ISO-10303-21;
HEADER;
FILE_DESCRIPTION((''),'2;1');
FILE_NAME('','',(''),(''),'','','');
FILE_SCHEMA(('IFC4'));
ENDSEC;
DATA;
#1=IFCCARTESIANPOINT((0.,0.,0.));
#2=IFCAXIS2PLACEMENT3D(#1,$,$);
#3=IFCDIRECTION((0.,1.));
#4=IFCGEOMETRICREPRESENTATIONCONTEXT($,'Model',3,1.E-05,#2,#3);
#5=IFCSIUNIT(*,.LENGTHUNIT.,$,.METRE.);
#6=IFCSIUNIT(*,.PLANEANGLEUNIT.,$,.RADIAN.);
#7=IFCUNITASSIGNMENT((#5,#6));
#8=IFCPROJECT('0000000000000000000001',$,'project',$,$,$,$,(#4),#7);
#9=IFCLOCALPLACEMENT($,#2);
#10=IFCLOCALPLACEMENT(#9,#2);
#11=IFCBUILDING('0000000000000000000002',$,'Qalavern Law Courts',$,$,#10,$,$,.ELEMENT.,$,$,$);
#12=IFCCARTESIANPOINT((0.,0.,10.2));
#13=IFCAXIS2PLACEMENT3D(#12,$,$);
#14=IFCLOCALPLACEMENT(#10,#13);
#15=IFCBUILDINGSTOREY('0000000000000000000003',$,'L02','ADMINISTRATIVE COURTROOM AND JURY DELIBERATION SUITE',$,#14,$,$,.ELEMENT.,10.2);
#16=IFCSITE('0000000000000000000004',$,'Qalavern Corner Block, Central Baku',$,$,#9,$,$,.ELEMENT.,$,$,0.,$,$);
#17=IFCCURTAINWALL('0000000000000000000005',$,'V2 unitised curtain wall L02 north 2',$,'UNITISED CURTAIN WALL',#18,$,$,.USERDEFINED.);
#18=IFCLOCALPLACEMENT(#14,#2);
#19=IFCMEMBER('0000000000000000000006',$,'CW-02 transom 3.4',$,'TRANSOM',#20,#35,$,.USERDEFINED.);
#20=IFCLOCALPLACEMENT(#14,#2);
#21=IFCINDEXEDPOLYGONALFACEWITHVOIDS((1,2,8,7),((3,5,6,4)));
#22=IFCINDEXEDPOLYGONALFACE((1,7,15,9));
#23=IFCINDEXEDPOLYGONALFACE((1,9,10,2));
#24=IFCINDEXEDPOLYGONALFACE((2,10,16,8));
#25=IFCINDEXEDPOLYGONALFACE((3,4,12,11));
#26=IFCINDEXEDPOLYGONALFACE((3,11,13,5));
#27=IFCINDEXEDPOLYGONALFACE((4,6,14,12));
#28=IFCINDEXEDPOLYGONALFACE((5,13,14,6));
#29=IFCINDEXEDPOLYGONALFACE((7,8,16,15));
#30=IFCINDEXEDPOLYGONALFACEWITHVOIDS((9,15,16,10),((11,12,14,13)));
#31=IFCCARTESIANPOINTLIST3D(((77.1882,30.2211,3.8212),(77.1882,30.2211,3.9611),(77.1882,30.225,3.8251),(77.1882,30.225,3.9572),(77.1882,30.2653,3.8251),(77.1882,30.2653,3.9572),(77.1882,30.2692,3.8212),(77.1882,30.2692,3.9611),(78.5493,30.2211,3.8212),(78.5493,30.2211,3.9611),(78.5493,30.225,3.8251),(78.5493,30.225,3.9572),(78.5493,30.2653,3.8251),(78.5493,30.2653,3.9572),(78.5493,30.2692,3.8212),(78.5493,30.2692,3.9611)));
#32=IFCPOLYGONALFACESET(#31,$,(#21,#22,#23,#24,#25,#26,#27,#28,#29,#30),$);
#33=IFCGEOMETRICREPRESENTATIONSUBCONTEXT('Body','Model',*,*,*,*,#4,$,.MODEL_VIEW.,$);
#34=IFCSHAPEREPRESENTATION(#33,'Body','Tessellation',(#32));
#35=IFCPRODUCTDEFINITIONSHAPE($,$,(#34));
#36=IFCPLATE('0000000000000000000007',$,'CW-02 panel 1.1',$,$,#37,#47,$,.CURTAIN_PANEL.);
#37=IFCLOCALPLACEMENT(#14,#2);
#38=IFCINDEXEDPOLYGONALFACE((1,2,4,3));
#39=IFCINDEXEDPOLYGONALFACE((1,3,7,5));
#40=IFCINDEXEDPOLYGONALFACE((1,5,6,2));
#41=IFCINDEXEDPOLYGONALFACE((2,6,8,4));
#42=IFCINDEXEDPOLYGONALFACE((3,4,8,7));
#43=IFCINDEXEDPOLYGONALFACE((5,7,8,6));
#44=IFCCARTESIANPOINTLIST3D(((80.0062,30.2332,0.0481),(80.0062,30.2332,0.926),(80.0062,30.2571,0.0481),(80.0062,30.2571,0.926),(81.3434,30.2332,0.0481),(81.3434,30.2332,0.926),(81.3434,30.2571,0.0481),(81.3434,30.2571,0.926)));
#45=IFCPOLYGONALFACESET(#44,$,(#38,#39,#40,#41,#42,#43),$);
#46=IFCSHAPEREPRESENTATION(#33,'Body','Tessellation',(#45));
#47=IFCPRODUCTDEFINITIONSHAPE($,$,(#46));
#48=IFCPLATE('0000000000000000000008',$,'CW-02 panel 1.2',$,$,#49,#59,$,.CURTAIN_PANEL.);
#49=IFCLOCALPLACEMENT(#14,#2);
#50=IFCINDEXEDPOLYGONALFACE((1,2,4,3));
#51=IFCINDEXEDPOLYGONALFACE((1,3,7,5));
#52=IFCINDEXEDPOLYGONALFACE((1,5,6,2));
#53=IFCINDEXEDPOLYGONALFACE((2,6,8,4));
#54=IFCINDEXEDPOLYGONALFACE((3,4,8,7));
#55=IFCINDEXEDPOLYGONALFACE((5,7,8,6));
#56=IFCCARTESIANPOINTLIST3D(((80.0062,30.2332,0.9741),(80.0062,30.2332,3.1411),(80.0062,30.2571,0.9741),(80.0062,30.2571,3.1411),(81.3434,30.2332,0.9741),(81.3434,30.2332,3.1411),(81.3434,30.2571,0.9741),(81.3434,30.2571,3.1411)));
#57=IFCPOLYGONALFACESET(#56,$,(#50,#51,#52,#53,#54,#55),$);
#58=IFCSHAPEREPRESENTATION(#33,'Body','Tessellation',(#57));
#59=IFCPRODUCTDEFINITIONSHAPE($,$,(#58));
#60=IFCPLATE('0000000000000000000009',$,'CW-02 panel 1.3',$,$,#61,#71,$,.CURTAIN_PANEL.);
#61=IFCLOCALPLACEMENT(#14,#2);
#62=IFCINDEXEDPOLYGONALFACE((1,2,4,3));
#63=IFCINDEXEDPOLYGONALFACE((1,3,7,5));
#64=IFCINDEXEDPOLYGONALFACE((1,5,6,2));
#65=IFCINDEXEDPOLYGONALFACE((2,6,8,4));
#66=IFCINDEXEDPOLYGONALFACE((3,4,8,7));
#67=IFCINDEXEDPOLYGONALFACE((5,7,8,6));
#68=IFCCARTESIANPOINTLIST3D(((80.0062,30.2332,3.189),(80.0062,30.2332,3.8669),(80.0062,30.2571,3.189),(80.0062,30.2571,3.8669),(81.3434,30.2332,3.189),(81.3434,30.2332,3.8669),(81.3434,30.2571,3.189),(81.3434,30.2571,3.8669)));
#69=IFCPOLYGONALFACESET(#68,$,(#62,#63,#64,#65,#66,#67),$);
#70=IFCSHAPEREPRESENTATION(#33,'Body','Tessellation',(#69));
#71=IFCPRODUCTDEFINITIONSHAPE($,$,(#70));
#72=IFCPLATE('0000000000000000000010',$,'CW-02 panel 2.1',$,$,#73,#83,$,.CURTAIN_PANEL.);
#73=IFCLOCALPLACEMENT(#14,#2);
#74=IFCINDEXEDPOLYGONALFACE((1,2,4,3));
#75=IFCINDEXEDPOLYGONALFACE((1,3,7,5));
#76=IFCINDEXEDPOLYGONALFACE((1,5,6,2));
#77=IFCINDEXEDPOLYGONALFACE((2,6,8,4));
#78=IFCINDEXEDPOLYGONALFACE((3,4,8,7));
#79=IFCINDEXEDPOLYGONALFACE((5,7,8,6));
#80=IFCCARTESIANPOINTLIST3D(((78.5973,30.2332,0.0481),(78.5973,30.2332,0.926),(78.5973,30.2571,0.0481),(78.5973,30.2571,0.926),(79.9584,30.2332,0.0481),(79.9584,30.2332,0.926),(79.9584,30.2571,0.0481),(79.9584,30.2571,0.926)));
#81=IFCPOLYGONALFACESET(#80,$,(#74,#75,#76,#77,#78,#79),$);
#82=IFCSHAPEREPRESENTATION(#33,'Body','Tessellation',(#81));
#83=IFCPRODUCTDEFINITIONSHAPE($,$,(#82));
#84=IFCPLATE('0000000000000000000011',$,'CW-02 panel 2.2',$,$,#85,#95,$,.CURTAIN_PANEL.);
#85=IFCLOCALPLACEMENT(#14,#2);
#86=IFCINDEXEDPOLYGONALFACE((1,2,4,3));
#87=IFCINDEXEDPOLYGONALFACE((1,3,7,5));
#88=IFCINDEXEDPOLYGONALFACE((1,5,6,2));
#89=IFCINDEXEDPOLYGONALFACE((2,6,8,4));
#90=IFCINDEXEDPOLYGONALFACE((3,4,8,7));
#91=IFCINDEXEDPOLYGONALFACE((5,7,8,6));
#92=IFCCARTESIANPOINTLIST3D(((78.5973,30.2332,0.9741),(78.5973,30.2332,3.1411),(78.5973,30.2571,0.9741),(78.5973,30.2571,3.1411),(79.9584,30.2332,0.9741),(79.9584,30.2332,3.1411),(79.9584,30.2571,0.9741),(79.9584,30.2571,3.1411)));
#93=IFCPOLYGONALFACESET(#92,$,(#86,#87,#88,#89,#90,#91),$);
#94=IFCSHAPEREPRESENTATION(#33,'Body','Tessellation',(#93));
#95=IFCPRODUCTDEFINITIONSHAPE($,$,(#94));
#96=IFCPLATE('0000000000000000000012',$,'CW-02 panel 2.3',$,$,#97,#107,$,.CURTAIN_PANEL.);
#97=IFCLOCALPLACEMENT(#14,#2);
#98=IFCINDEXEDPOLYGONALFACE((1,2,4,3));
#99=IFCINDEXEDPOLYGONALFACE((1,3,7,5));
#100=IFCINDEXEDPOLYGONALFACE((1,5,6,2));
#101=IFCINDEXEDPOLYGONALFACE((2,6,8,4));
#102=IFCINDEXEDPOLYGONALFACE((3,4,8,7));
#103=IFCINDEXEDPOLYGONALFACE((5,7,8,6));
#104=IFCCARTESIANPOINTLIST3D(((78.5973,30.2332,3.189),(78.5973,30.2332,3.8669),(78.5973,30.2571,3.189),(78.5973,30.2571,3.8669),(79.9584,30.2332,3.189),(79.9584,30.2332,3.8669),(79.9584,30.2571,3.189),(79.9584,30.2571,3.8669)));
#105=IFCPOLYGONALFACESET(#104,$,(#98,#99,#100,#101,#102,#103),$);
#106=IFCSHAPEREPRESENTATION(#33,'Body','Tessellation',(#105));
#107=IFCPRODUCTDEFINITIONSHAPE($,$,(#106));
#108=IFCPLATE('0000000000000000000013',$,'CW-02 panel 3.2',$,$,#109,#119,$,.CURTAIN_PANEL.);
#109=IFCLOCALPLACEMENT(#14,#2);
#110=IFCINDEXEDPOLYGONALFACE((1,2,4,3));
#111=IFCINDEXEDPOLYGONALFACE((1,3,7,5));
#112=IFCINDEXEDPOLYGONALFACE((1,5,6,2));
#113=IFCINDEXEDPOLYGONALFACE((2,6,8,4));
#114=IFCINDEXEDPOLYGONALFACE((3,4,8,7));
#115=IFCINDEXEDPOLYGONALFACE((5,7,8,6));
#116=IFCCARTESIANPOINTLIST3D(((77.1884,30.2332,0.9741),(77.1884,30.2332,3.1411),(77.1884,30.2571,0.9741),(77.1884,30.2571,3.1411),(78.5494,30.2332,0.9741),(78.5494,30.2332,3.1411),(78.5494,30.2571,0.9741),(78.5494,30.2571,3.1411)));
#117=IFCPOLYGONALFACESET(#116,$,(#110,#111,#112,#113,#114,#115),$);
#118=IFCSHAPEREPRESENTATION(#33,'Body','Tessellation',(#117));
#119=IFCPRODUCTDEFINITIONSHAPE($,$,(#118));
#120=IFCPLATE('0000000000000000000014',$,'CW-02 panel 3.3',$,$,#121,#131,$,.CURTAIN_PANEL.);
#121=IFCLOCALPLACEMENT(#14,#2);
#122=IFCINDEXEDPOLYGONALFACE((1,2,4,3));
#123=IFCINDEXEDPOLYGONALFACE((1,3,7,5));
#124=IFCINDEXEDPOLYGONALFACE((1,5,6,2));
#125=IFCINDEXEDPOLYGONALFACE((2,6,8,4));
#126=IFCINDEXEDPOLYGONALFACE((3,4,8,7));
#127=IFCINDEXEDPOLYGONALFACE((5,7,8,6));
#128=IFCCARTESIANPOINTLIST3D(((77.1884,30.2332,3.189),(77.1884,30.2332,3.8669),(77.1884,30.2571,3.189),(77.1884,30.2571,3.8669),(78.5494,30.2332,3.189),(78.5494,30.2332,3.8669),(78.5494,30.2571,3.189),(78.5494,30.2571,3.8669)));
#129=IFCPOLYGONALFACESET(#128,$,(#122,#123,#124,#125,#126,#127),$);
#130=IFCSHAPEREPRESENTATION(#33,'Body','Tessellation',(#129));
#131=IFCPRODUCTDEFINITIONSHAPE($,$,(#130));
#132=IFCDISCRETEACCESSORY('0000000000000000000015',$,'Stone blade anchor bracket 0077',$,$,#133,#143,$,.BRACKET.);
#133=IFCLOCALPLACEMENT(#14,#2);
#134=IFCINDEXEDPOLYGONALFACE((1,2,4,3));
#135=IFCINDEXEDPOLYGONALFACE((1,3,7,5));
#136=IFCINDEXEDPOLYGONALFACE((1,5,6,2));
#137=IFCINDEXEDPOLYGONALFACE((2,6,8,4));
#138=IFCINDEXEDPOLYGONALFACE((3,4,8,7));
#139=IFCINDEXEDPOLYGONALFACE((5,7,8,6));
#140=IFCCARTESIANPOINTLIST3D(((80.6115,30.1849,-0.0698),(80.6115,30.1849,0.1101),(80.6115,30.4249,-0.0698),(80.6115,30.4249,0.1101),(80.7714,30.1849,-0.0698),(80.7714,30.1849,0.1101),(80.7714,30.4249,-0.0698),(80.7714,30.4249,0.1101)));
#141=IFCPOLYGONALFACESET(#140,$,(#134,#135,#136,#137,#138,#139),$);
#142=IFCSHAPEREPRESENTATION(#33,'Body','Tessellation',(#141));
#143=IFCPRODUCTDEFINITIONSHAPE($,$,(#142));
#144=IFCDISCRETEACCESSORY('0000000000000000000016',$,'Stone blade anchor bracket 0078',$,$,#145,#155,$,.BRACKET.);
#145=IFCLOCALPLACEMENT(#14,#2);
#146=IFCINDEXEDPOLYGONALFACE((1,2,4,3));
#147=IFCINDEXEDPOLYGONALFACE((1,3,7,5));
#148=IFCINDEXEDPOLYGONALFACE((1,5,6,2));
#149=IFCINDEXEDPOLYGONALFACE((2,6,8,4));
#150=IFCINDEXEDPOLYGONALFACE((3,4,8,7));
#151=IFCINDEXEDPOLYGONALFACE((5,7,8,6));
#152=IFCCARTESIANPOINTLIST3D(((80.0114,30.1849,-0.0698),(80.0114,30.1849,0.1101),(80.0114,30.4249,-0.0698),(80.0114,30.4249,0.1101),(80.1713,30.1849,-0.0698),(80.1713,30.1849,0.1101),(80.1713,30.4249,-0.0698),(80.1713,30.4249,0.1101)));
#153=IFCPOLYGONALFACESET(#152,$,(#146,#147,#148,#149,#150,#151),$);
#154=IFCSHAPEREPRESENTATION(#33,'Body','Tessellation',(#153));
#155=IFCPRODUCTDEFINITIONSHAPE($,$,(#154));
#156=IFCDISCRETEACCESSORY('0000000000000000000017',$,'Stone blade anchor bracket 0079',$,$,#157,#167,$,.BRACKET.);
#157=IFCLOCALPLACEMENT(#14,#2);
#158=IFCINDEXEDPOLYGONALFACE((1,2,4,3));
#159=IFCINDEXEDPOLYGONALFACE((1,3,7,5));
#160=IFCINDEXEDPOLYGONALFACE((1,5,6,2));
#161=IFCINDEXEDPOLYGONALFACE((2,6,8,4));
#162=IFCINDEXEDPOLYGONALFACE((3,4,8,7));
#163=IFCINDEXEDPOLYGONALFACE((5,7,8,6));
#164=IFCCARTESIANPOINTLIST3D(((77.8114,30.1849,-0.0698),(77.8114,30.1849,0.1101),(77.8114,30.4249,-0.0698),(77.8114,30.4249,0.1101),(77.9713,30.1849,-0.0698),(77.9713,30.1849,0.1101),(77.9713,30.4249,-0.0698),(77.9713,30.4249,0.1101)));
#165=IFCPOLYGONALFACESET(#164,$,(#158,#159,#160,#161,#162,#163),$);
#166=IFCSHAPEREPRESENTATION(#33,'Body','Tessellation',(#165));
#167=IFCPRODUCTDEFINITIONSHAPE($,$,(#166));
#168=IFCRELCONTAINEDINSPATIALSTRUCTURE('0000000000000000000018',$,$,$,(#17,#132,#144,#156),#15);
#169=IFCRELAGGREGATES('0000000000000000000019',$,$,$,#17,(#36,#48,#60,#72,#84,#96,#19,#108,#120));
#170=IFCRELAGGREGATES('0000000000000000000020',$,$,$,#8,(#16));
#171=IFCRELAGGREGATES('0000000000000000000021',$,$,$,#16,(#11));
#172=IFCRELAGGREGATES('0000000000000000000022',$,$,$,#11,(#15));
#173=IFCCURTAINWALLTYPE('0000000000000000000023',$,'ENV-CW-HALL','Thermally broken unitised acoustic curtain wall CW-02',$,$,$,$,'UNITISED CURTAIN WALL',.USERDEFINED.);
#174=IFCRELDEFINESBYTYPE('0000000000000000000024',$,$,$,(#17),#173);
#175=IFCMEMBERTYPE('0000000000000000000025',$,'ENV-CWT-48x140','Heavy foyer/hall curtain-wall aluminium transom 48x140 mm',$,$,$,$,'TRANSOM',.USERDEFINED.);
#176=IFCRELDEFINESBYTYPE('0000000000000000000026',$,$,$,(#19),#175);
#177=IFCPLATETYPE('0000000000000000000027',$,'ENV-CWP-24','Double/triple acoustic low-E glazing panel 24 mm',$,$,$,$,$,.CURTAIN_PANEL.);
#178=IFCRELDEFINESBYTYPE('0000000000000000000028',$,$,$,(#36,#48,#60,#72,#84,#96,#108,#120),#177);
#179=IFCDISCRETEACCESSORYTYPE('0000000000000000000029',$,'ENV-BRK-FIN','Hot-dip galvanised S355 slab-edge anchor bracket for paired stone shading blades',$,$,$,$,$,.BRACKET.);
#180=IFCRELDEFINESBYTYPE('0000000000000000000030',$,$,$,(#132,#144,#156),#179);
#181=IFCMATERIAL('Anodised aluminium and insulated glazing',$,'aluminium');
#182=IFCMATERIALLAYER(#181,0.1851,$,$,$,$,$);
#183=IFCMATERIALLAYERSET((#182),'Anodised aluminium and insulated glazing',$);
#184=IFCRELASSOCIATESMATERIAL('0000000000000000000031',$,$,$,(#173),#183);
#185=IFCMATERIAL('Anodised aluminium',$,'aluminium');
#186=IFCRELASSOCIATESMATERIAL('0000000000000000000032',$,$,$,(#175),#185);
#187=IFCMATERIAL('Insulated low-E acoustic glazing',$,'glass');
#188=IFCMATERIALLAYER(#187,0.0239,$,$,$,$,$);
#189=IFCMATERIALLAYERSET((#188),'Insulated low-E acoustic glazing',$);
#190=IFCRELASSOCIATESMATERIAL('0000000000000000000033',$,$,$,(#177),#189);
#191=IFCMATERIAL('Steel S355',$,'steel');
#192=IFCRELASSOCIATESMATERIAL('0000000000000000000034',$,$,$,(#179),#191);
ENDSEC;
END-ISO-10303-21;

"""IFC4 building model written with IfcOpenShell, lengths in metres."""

from ifc_helpers import new_model, si_unit, direction, frame, origin, origin_2d, place, context, subcontext, project, spatial, rectangle, hollow_rectangle, extrude, material, layer, layer_set, material_profile, profile_set, type_object, element, aggregate, save


model = new_model("IFC4")

# Units and contexts
model_context = context("Model", 3, precision=1e-05, world=origin(), true_north=direction((0.0, 1.0)))
body_context = subcontext(model_context, "Body", "Model", "MODEL_VIEW")
ifc_project = project(units=[si_unit("LENGTHUNIT", "METRE"), si_unit("PLANEANGLEUNIT", "RADIAN")], contexts=[model_context])

# Site, building, storey
site_placement = place(None, origin())
site = spatial("IfcSite", under=ifc_project, at=site_placement, Name="Qalavern Corner Block, Central Baku", CompositionType="ELEMENT", RefElevation=0.0)
building_placement = place(site_placement, origin())
building = spatial("IfcBuilding", under=site, at=building_placement, Name="Qalavern Law Courts", CompositionType="ELEMENT")
storey_placement = place(building_placement, frame((0.0, 0.0, 10.2)))
storey = spatial("IfcBuildingStorey", under=building, at=storey_placement, Name="L02", Description="ADMINISTRATIVE COURTROOM AND JURY DELIBERATION SUITE", CompositionType="ELEMENT", Elevation=10.2)

# Curtain wall, member, plates
ifc_material_1 = material(Name="Anodised aluminium and insulated glazing", Category="aluminium")
ifc_layer_1 = layer(ifc_material_1, 0.1851)
ifc_layer_set_1 = layer_set([ifc_layer_1], Name="Anodised aluminium and insulated glazing")
curtain_wall_type = type_object("IfcCurtainWallType", Name="ENV-CW-HALL", Description="Thermally broken unitised acoustic curtain wall CW-02", ElementType="UNITISED CURTAIN WALL", PredefinedType="USERDEFINED", material=ifc_layer_set_1)
curtain_wall_placement = place(storey_placement, origin())
curtain_wall = element("IfcCurtainWall", 1, at=curtain_wall_placement, inside=storey, type_object=curtain_wall_type, Name="V2 unitised curtain wall L02 north 2", ObjectType="UNITISED CURTAIN WALL", PredefinedType="USERDEFINED")
ifc_material_2 = material(Name="Anodised aluminium", Category="aluminium")
ifc_material_profile_1 = material_profile(ifc_material_2, hollow_rectangle(XDim=0.0481, YDim=0.1399, WallThickness=0.0039, at=origin_2d()), Name="ALU TRANSOM 48x140")
ifc_profile_set_1 = profile_set([ifc_material_profile_1], Name="Anodised aluminium")
member_type_1 = type_object("IfcMemberType", Name="ENV-CWT-48x140", Description="Heavy foyer/hall curtain-wall aluminium transom 48x140 mm", ElementType="TRANSOM", PredefinedType="USERDEFINED", material=ifc_profile_set_1)
member_1_placement = place(storey_placement, frame((78.5493, 30.2451, 3.8911), z_axis=(-1.0, 0.0, 0.0), x_axis=(0.0, -1.0, 0.0)))
member_1 = element("IfcMember", 2, at=member_1_placement, type_object=member_type_1, Name="CW-02 transom 3.4", ObjectType="TRANSOM", PredefinedType="USERDEFINED", context=body_context, shape_type="SweptSolid", body=[
    extrude(hollow_rectangle(XDim=0.0481, YDim=0.1399, WallThickness=0.0039, at=origin_2d()), origin(), (0.0, 0.0, 1.0), 1.3611),
])
ifc_material_3 = material(Name="Insulated low-E acoustic glazing", Category="glass")
ifc_layer_2 = layer(ifc_material_3, 0.0239)
ifc_layer_set_2 = layer_set([ifc_layer_2], Name="Insulated low-E acoustic glazing")
plate_type = type_object("IfcPlateType", Name="ENV-CWP-24", Description="Double/triple acoustic low-E glazing panel 24 mm", PredefinedType="CURTAIN_PANEL", material=ifc_layer_set_2)
plate_1_placement = place(storey_placement, frame((80.6748, 30.2451, 0.0481), z_axis=(0.0, 0.0, 1.0), x_axis=(-1.0, 0.0, 0.0)))
plate_1 = element("IfcPlate", 3, at=plate_1_placement, type_object=plate_type, Name="CW-02 panel 1.1", PredefinedType="CURTAIN_PANEL", context=body_context, shape_type="SweptSolid", body=[
    extrude(rectangle(XDim=1.3372, YDim=0.0239, at=origin_2d()), origin(), (0.0, 0.0, 1.0), 0.8779),
])
plate_2_placement = place(storey_placement, frame((80.6748, 30.2451, 0.9741), z_axis=(0.0, 0.0, 1.0), x_axis=(-1.0, 0.0, 0.0)))
plate_2 = element("IfcPlate", 4, at=plate_2_placement, type_object=plate_type, Name="CW-02 panel 1.2", PredefinedType="CURTAIN_PANEL", context=body_context, shape_type="SweptSolid", body=[
    extrude(rectangle(XDim=1.3372, YDim=0.0239, at=origin_2d()), origin(), (0.0, 0.0, 1.0), 2.167),
])
plate_3_placement = place(storey_placement, frame((80.6748, 30.2451, 3.189), z_axis=(0.0, 0.0, 1.0), x_axis=(-1.0, 0.0, 0.0)))
plate_3 = element("IfcPlate", 5, at=plate_3_placement, type_object=plate_type, Name="CW-02 panel 1.3", PredefinedType="CURTAIN_PANEL", context=body_context, shape_type="SweptSolid", body=[
    extrude(rectangle(XDim=1.3372, YDim=0.0239, at=origin_2d()), origin(), (0.0, 0.0, 1.0), 0.678),
])
plate_4_placement = place(storey_placement, frame((79.2778, 30.2451, 0.0481), z_axis=(0.0, 0.0, 1.0), x_axis=(-1.0, 0.0, 0.0)))
plate_4 = element("IfcPlate", 6, at=plate_4_placement, type_object=plate_type, Name="CW-02 panel 2.1", PredefinedType="CURTAIN_PANEL", context=body_context, shape_type="SweptSolid", body=[
    extrude(rectangle(XDim=1.3611, YDim=0.0239, at=origin_2d()), origin(), (0.0, 0.0, 1.0), 0.8779),
])
plate_5_placement = place(storey_placement, frame((79.2778, 30.2451, 0.9741), z_axis=(0.0, 0.0, 1.0), x_axis=(-1.0, 0.0, 0.0)))
plate_5 = element("IfcPlate", 7, at=plate_5_placement, type_object=plate_type, Name="CW-02 panel 2.2", PredefinedType="CURTAIN_PANEL", context=body_context, shape_type="SweptSolid", body=[
    extrude(rectangle(XDim=1.3611, YDim=0.0239, at=origin_2d()), origin(), (0.0, 0.0, 1.0), 2.167),
])
plate_6_placement = place(storey_placement, frame((79.2778, 30.2451, 3.189), z_axis=(0.0, 0.0, 1.0), x_axis=(-1.0, 0.0, 0.0)))
plate_6 = element("IfcPlate", 8, at=plate_6_placement, type_object=plate_type, Name="CW-02 panel 2.3", PredefinedType="CURTAIN_PANEL", context=body_context, shape_type="SweptSolid", body=[
    extrude(rectangle(XDim=1.3611, YDim=0.0239, at=origin_2d()), origin(), (0.0, 0.0, 1.0), 0.678),
])
plate_7_placement = place(storey_placement, frame((77.8689, 30.2451, 0.9741), z_axis=(0.0, 0.0, 1.0), x_axis=(-1.0, 0.0, 0.0)))
plate_7 = element("IfcPlate", 9, at=plate_7_placement, type_object=plate_type, Name="CW-02 panel 3.2", PredefinedType="CURTAIN_PANEL", context=body_context, shape_type="SweptSolid", body=[
    extrude(rectangle(XDim=1.3611, YDim=0.0239, at=origin_2d()), origin(), (0.0, 0.0, 1.0), 2.167),
])
plate_8_placement = place(storey_placement, frame((77.8689, 30.2451, 3.189), z_axis=(0.0, 0.0, 1.0), x_axis=(-1.0, 0.0, 0.0)))
plate_8 = element("IfcPlate", 10, at=plate_8_placement, type_object=plate_type, Name="CW-02 panel 3.3", PredefinedType="CURTAIN_PANEL", context=body_context, shape_type="SweptSolid", body=[
    extrude(rectangle(XDim=1.3611, YDim=0.0239, at=origin_2d()), origin(), (0.0, 0.0, 1.0), 0.678),
])
aggregate(curtain_wall, [plate_1, plate_2, plate_3, plate_4, plate_5, plate_6, member_1, plate_7, plate_8])

# Discrete accessories
ifc_material_4 = material(Name="Steel S355", Category="steel")
discrete_accessory_type = type_object("IfcDiscreteAccessoryType", Name="ENV-BRK-FIN", Description="Hot-dip galvanised S355 slab-edge anchor bracket for paired stone shading blades", PredefinedType="BRACKET", material=ifc_material_4)
for number, where, z_axis, x_axis, name in (
    (11, (80.6914, 30.3049, -0.0698), (0.0, 0.0, 1.0), (0.0, 1.0, 0.0), "Stone blade anchor bracket 0077"),
    (12, (80.0913, 30.3049, -0.0698), (0.0, 0.0, 1.0), (0.0, 1.0, 0.0), "Stone blade anchor bracket 0078"),
    (13, (77.8914, 30.3049, -0.0698), (0.0, 0.0, 1.0), (0.0, 1.0, 0.0), "Stone blade anchor bracket 0079"),
):
    element("IfcDiscreteAccessory", number, at=place(storey_placement, frame(where, z_axis=z_axis, x_axis=x_axis)), inside=storey, type_object=discrete_accessory_type, Name=name, PredefinedType="BRACKET", context=body_context, shape_type="SweptSolid", body=[
        extrude(rectangle(XDim=0.24, YDim=0.1599, at=origin_2d()), origin(), (0.0, 0.0, 1.0), 0.1799),
    ])

save(model, "model.ifc")
